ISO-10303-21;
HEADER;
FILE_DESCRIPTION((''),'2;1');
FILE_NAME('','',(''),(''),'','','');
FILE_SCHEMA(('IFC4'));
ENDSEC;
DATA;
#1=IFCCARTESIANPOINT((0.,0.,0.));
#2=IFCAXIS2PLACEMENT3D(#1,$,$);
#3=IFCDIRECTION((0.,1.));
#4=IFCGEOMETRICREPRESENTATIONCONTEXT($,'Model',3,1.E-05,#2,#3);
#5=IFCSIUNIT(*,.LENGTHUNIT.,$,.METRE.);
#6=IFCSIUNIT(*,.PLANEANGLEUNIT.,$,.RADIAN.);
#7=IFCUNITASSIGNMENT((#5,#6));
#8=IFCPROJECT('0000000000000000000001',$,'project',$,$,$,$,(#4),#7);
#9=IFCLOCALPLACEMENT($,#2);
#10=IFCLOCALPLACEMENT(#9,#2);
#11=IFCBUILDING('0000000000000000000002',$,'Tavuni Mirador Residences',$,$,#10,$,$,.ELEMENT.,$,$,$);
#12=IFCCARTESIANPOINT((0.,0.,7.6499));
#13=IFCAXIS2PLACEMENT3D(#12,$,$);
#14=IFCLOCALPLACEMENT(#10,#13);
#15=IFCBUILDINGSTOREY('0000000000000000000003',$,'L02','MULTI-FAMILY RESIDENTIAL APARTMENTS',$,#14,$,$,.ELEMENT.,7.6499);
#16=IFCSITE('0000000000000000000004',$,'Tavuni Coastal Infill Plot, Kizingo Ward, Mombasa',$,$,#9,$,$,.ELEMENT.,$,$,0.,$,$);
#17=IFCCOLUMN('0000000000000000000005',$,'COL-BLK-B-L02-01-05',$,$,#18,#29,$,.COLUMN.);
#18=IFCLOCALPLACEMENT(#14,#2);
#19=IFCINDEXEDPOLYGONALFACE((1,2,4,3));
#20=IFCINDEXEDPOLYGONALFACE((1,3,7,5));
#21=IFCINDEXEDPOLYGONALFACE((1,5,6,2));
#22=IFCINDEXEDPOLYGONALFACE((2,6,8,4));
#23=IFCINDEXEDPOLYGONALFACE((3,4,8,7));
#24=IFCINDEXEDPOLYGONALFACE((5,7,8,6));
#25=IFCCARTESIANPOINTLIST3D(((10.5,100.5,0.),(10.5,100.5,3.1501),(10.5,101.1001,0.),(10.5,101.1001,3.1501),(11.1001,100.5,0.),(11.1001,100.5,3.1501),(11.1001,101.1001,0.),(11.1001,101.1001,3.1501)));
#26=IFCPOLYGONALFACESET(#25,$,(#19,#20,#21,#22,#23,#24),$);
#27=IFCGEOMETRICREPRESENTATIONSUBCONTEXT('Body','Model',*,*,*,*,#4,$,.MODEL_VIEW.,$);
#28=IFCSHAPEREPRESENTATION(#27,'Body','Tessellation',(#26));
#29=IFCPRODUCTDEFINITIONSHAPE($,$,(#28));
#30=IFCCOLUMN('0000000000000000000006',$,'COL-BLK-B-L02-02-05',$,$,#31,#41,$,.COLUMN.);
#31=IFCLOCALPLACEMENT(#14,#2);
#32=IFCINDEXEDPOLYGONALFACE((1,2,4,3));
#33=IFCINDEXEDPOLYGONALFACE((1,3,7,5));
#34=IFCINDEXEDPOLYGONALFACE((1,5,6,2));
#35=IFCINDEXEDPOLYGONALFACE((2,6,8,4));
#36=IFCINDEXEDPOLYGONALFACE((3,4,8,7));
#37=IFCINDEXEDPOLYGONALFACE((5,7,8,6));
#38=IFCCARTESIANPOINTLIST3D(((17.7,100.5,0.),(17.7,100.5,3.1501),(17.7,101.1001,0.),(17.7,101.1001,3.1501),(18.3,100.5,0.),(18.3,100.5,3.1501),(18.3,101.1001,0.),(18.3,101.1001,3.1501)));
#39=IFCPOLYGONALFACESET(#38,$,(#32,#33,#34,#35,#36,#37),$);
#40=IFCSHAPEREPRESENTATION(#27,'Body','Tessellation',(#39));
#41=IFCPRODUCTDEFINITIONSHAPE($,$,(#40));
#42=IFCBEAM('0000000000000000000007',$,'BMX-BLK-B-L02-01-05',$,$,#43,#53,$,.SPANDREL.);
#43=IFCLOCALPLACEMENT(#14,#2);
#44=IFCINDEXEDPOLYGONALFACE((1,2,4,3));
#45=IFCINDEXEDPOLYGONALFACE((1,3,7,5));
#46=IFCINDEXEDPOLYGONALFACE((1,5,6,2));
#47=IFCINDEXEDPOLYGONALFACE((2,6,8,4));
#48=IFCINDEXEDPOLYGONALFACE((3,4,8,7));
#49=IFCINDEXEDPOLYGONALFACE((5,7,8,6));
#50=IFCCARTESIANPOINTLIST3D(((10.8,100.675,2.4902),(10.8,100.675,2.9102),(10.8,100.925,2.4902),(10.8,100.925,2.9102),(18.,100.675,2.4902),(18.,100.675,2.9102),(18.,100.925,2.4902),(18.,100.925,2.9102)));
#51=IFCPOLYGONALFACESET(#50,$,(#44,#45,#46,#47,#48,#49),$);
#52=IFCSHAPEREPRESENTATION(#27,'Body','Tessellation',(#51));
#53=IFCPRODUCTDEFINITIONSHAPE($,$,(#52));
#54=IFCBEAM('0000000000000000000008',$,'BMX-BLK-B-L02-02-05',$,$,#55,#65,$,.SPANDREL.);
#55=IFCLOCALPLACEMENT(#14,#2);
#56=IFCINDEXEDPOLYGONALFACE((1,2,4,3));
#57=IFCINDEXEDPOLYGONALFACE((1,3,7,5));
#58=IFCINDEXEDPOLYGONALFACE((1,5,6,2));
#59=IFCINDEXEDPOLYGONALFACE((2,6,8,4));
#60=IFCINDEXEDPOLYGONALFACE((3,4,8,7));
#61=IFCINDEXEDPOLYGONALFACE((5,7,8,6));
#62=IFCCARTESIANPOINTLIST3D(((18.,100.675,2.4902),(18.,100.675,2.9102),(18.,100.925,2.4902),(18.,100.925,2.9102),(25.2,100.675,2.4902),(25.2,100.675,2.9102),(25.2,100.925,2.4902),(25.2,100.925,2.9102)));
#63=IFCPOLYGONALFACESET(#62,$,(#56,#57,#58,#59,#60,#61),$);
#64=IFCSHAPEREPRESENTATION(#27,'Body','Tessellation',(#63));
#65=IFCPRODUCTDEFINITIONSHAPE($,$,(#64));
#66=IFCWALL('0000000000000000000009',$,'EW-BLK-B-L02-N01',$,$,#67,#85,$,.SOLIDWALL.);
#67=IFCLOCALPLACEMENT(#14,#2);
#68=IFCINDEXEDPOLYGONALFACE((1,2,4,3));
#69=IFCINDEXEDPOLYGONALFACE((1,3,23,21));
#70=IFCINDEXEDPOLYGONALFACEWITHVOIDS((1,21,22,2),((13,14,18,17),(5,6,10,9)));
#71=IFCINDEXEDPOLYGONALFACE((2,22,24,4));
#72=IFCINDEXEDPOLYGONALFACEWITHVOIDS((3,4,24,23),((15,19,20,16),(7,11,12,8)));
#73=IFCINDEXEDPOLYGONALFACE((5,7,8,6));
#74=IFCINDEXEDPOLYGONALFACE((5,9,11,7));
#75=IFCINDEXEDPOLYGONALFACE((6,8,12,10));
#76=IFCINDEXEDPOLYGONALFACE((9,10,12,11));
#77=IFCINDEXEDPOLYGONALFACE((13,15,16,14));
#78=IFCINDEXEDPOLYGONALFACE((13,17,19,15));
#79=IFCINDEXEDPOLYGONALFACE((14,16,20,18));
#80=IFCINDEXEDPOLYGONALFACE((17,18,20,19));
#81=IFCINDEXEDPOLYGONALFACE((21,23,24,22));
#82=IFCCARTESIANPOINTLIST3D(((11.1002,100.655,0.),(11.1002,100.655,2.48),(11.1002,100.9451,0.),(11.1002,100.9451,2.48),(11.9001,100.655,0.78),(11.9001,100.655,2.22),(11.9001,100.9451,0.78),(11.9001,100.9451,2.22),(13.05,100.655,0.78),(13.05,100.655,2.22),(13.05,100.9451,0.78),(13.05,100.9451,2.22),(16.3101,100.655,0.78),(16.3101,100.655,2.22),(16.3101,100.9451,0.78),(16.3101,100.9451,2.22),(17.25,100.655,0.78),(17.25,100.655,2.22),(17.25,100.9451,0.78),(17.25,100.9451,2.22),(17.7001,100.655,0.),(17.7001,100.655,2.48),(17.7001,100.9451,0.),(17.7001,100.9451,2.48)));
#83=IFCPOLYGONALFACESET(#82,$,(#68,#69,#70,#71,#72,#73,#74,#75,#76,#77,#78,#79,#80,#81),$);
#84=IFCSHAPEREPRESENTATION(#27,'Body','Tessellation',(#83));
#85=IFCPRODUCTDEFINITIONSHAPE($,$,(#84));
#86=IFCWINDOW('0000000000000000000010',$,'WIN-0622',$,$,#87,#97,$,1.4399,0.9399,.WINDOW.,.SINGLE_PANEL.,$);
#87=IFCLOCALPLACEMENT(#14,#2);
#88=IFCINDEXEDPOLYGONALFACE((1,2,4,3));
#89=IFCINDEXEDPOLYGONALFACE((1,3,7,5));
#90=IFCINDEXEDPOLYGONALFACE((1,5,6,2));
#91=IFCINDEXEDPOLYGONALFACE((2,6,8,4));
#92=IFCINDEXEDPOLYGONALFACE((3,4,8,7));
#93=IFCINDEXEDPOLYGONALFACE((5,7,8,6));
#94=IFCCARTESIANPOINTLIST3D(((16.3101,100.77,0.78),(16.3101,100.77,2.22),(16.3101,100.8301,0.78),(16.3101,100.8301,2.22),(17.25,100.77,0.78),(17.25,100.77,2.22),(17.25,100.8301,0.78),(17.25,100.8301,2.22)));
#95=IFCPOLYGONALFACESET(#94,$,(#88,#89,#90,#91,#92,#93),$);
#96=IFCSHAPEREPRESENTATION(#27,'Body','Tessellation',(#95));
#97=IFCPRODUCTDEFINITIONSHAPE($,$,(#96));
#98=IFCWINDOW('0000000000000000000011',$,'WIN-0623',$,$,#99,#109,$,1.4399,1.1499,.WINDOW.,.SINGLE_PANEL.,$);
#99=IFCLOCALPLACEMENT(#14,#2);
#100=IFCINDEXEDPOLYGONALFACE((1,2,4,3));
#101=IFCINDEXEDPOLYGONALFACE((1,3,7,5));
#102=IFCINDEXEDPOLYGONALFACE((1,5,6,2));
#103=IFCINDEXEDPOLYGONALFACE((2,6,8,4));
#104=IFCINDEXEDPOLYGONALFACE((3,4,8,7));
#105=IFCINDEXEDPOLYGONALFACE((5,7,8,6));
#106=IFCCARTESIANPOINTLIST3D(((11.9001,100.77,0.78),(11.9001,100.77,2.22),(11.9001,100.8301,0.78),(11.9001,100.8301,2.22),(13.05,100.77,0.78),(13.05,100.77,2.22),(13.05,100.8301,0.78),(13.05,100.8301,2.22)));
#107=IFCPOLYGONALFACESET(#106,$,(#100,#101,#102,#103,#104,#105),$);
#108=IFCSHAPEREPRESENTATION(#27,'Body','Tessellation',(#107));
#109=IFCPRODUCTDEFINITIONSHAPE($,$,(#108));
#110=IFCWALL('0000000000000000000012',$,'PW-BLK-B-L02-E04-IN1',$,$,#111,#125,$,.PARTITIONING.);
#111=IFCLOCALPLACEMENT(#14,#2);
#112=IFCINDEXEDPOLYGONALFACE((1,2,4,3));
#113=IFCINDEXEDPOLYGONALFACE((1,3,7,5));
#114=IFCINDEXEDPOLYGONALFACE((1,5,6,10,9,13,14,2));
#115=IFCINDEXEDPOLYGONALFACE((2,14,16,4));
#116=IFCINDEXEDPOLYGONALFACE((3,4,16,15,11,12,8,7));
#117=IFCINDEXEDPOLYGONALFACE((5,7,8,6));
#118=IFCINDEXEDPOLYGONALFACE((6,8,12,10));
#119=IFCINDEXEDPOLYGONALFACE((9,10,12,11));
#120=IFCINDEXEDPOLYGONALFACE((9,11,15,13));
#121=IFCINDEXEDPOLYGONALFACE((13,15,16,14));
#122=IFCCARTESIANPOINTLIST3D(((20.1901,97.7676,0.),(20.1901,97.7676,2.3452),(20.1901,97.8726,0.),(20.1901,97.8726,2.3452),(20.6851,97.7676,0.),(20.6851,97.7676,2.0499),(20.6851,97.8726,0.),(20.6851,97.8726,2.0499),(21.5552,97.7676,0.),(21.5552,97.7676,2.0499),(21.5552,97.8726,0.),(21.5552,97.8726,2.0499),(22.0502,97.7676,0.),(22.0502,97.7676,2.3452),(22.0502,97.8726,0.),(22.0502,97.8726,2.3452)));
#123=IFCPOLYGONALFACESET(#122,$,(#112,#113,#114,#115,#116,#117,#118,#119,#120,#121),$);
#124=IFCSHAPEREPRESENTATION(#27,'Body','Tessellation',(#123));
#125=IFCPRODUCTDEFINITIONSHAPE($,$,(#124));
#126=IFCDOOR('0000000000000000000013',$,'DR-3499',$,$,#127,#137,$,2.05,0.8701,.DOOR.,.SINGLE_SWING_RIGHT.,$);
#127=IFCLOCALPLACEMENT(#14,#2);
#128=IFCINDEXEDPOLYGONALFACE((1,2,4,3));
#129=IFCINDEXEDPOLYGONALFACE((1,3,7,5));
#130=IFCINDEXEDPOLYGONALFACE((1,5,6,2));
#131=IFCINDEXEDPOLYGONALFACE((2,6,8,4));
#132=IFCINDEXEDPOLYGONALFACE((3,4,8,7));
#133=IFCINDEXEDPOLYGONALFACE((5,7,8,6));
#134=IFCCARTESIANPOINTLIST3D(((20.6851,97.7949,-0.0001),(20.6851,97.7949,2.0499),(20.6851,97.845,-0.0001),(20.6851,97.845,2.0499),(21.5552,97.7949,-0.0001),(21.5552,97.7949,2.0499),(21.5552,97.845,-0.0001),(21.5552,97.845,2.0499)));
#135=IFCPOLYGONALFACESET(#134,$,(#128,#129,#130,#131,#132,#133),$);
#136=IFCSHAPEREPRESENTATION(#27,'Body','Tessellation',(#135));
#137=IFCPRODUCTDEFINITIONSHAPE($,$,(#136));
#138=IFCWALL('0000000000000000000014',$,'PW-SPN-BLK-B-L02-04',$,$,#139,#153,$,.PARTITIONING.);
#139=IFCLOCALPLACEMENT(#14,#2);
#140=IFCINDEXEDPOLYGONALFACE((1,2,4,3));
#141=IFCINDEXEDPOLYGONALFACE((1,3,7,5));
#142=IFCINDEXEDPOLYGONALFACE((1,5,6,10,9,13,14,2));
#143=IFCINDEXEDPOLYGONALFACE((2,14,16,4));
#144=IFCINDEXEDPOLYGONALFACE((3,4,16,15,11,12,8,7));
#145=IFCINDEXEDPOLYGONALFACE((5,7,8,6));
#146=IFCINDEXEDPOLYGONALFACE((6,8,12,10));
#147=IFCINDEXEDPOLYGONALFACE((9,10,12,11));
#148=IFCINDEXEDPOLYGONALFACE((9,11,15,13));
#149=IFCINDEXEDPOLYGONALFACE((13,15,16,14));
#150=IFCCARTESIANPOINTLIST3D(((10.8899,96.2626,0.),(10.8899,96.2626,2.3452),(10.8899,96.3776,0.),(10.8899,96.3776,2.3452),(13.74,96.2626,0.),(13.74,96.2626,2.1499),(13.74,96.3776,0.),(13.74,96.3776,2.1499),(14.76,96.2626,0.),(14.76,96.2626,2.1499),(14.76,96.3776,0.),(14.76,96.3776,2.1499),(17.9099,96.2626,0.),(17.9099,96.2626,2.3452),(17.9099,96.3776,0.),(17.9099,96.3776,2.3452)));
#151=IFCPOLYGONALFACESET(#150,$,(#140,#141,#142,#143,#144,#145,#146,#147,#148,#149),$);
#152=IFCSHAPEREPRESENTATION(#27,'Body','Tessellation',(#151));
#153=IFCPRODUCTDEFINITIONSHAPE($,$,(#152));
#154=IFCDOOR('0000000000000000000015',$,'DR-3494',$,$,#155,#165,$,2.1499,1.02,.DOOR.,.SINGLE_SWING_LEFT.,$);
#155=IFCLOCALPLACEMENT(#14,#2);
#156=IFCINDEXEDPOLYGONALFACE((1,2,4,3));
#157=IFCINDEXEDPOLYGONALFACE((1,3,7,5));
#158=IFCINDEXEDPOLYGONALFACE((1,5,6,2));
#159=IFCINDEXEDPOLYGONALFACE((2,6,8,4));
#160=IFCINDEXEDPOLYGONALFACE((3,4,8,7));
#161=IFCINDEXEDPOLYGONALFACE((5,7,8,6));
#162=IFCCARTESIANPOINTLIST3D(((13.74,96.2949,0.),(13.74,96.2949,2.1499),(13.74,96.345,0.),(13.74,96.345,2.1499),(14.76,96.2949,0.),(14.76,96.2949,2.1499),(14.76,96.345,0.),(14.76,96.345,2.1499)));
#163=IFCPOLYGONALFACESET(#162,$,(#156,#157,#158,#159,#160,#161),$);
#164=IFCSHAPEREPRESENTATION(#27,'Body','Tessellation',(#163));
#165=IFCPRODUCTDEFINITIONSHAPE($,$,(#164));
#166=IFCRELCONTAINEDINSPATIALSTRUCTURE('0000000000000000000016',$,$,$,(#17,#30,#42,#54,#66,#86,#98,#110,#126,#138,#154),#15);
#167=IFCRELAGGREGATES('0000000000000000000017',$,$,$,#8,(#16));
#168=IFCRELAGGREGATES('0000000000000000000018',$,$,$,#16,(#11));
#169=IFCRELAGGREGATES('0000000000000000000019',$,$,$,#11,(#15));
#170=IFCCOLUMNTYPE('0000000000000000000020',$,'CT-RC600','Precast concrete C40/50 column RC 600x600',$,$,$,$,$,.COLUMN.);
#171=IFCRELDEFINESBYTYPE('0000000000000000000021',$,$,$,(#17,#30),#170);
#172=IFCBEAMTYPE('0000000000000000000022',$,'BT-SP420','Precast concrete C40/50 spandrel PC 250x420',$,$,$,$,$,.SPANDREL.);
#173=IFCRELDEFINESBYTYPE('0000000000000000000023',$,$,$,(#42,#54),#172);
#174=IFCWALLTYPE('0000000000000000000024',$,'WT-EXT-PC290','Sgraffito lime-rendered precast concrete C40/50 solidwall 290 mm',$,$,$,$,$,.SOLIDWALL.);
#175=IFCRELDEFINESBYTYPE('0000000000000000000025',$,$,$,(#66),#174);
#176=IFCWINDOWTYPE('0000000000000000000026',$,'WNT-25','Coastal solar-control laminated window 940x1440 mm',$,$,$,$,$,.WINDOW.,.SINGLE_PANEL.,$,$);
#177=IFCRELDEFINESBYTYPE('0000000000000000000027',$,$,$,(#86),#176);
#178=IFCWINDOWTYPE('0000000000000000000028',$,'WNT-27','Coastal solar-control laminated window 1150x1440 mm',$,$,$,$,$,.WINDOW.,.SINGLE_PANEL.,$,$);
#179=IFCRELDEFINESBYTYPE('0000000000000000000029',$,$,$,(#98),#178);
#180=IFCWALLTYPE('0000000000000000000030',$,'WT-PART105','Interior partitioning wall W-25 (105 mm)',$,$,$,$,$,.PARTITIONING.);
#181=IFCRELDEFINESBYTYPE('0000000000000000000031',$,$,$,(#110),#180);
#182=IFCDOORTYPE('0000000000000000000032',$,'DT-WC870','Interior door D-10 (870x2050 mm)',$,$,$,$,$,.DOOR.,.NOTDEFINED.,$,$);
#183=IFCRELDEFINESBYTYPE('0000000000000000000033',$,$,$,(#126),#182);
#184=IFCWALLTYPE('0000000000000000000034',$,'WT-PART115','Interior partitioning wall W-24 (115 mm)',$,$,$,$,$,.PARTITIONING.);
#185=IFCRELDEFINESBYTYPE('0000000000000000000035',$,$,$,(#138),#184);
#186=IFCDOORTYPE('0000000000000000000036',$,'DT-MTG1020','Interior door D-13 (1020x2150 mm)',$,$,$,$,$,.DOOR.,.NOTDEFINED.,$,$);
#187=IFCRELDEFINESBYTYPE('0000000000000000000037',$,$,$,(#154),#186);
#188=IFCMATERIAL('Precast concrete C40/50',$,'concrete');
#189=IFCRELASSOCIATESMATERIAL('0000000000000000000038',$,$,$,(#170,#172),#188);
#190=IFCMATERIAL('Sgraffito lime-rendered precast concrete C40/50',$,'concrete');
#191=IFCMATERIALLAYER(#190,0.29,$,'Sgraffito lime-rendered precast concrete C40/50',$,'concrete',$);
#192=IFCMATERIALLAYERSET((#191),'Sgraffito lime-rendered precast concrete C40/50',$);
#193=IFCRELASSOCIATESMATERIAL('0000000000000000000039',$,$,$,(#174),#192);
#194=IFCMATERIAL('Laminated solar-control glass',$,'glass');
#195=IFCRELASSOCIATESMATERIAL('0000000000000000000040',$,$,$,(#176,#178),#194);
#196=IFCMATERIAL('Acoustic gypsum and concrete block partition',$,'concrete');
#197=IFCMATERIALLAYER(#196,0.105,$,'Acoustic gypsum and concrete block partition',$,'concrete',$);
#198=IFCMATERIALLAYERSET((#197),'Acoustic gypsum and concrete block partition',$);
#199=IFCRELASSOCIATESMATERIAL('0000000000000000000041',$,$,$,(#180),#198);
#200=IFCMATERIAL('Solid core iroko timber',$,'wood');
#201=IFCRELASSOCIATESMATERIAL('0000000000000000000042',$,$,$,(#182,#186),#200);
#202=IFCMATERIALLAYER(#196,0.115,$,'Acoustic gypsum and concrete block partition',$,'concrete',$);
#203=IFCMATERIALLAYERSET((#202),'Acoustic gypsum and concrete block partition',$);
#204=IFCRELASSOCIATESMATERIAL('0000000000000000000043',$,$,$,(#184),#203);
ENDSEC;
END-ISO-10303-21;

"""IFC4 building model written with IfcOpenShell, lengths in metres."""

from ifc_helpers import new_model, si_unit, direction, frame, frame_2d, origin, origin_2d, place, context, subcontext, project, spatial, rectangle, extrude, material, layer, layer_set, material_profile, profile_set, type_object, element, fill, save


model = new_model("IFC4")

# Units and contexts
model_context = context("Model", 3, precision=1e-05, world=origin(), true_north=direction((0.0, 1.0)))
body_context = subcontext(model_context, "Body", "Model", "MODEL_VIEW")
ifc_project = project(units=[si_unit("LENGTHUNIT", "METRE"), si_unit("PLANEANGLEUNIT", "RADIAN")], contexts=[model_context])

# Site, building, storey
site_placement = place(None, origin())
site = spatial("IfcSite", under=ifc_project, at=site_placement, Name="Tavuni Coastal Infill Plot, Kizingo Ward, Mombasa", CompositionType="ELEMENT", RefElevation=0.0)
building_placement = place(site_placement, origin())
building = spatial("IfcBuilding", under=site, at=building_placement, Name="Tavuni Mirador Residences", CompositionType="ELEMENT")
storey_placement = place(building_placement, frame((0.0, 0.0, 7.6499)))
storey = spatial("IfcBuildingStorey", under=building, at=storey_placement, Name="L02", Description="MULTI-FAMILY RESIDENTIAL APARTMENTS", CompositionType="ELEMENT", Elevation=7.6499)

# Columns
ifc_material_1 = material(Name="Precast concrete C40/50", Category="concrete")
ifc_material_profile_1 = material_profile(ifc_material_1, rectangle(XDim=0.6001, YDim=0.6001, at=origin_2d()), Name="RC 600x600", Category="concrete")
ifc_profile_set_1 = profile_set([ifc_material_profile_1], Name="Precast concrete C40/50")
column_type = type_object("IfcColumnType", Name="CT-RC600", Description="Precast concrete C40/50 column RC 600x600", PredefinedType="COLUMN", material=ifc_profile_set_1)
for number, where, z_axis, x_axis, name in (
    (1, (10.8, 100.8, 0.0), (0.0, 0.0, 1.0), (1.0, 0.0, 0.0), "COL-BLK-B-L02-01-05"),
    (2, (18.0, 100.8, 0.0), (0.0, 0.0, 1.0), (1.0, 0.0, 0.0), "COL-BLK-B-L02-02-05"),
):
    element("IfcColumn", number, at=place(storey_placement, frame(where, z_axis=z_axis, x_axis=x_axis)), inside=storey, type_object=column_type, Name=name, PredefinedType="COLUMN", context=body_context, shape_type="SweptSolid", body=[
        extrude(rectangle(XDim=0.6001, YDim=0.6001, at=origin_2d()), origin(), (0.0, 0.0, 1.0), 3.1501),
    ])

# Beams
ifc_material_profile_2 = material_profile(ifc_material_1, rectangle(XDim=0.25, YDim=0.4199, at=origin_2d()), Name="PC 250x420", Category="concrete")
ifc_profile_set_2 = profile_set([ifc_material_profile_2], Name="Precast concrete C40/50")
beam_type = type_object("IfcBeamType", Name="BT-SP420", Description="Precast concrete C40/50 spandrel PC 250x420", PredefinedType="SPANDREL", material=ifc_profile_set_2)
for number, where, z_axis, x_axis, name in (
    (3, (10.8, 100.8, 2.7002), (1.0, 0.0, 0.0), (0.0, 1.0, 0.0), "BMX-BLK-B-L02-01-05"),
    (4, (18.0, 100.8, 2.7002), (1.0, 0.0, 0.0), (0.0, 1.0, 0.0), "BMX-BLK-B-L02-02-05"),
):
    element("IfcBeam", number, at=place(storey_placement, frame(where, z_axis=z_axis, x_axis=x_axis)), inside=storey, type_object=beam_type, Name=name, PredefinedType="SPANDREL", context=body_context, shape_type="SweptSolid", body=[
        extrude(rectangle(XDim=0.25, YDim=0.4199, at=origin_2d()), origin(), (0.0, 0.0, 1.0), 7.2),
    ])

# Wall, openings, windows
ifc_material_2 = material(Name="Sgraffito lime-rendered precast concrete C40/50", Category="concrete")
ifc_layer_1 = layer(ifc_material_2, 0.29, Name="Sgraffito lime-rendered precast concrete C40/50", Category="concrete")
ifc_layer_set_1 = layer_set([ifc_layer_1], Name="Sgraffito lime-rendered precast concrete C40/50")
wall_type_1 = type_object("IfcWallType", Name="WT-EXT-PC290", Description="Sgraffito lime-rendered precast concrete C40/50 solidwall 290 mm", PredefinedType="SOLIDWALL", material=ifc_layer_set_1)
wall_1_placement = place(storey_placement, frame((17.7, 100.8, 0.0), z_axis=(0.0, 0.0, 1.0), x_axis=(-1.0, 0.0, 0.0)))
wall_1 = element("IfcWall", 5, at=wall_1_placement, inside=storey, type_object=wall_type_1, Name="EW-BLK-B-L02-N01", PredefinedType="SOLIDWALL", context=body_context, shape_type="SweptSolid", body=[
    extrude(rectangle(XDim=6.5999, YDim=0.29, at=frame_2d((3.2998, 0.0))), origin(), (0.0, 0.0, 1.0), 2.48),
])
opening_1_placement = place(wall_1_placement, frame((0.45, 0.0, 0.78)))
opening_1 = element("IfcOpeningElement", 6, at=opening_1_placement, cuts=wall_1, PredefinedType="OPENING", context=body_context, shape_type="SweptSolid", body=[
    extrude(rectangle(XDim=0.9399, YDim=1.4399, at=frame_2d((0.47, 0.72))), frame((0.0, 0.155, 0.0), z_axis=(0.0, -1.0, 0.0), x_axis=(1.0, 0.0, 0.0)), (0.0, 0.0, 1.0), 0.3101),
])
opening_2_placement = place(wall_1_placement, frame((4.6499, 0.0, 0.78)))
opening_2 = element("IfcOpeningElement", 7, at=opening_2_placement, cuts=wall_1, PredefinedType="OPENING", context=body_context, shape_type="SweptSolid", body=[
    extrude(rectangle(XDim=1.1499, YDim=1.4399, at=frame_2d((0.575, 0.72))), frame((0.0, 0.155, 0.0), z_axis=(0.0, -1.0, 0.0), x_axis=(1.0, 0.0, 0.0)), (0.0, 0.0, 1.0), 0.3101),
])
ifc_material_3 = material(Name="Laminated solar-control glass", Category="glass")
window_type_1 = type_object("IfcWindowType", Name="WNT-25", Description="Coastal solar-control laminated window 940x1440 mm", PartitioningType="SINGLE_PANEL", PredefinedType="WINDOW", material=ifc_material_3)
window_1_placement = place(opening_1_placement, origin())
window_1 = element("IfcWindow", 8, at=window_1_placement, inside=storey, type_object=window_type_1, Name="WIN-0622", OverallHeight=1.4399, OverallWidth=0.9399, PartitioningType="SINGLE_PANEL", PredefinedType="WINDOW", context=body_context, shape_type="SweptSolid", body=[
    extrude(rectangle(XDim=0.9399, YDim=1.4399, at=frame_2d((0.47, 0.72))), frame((0.0, 0.03, 0.0), z_axis=(0.0, -1.0, 0.0), x_axis=(1.0, 0.0, 0.0)), (0.0, 0.0, 1.0), 0.0601),
])
fill(opening_1, window_1)
window_type_2 = type_object("IfcWindowType", Name="WNT-27", Description="Coastal solar-control laminated window 1150x1440 mm", PartitioningType="SINGLE_PANEL", PredefinedType="WINDOW", material=ifc_material_3)
window_2_placement = place(opening_2_placement, origin())
window_2 = element("IfcWindow", 9, at=window_2_placement, inside=storey, type_object=window_type_2, Name="WIN-0623", OverallHeight=1.4399, OverallWidth=1.1499, PartitioningType="SINGLE_PANEL", PredefinedType="WINDOW", context=body_context, shape_type="SweptSolid", body=[
    extrude(rectangle(XDim=1.1499, YDim=1.4399, at=frame_2d((0.575, 0.72))), frame((0.0, 0.03, 0.0), z_axis=(0.0, -1.0, 0.0), x_axis=(1.0, 0.0, 0.0)), (0.0, 0.0, 1.0), 0.0601),
])
fill(opening_2, window_2)

# Walls, openings, doors
ifc_material_4 = material(Name="Acoustic gypsum and concrete block partition", Category="concrete")
ifc_layer_2 = layer(ifc_material_4, 0.105, Name="Acoustic gypsum and concrete block partition", Category="concrete")
ifc_layer_set_2 = layer_set([ifc_layer_2], Name="Acoustic gypsum and concrete block partition")
wall_type_2 = type_object("IfcWallType", Name="WT-PART105", Description="Interior partitioning wall W-25 (105 mm)", PredefinedType="PARTITIONING", material=ifc_layer_set_2)
wall_2_placement = place(storey_placement, frame((20.1899, 97.8201, 0.0), z_axis=(0.0, 0.0, 1.0), x_axis=(1.0, 0.0, 0.0)))
wall_2 = element("IfcWall", 10, at=wall_2_placement, inside=storey, type_object=wall_type_2, Name="PW-BLK-B-L02-E04-IN1", PredefinedType="PARTITIONING", context=body_context, shape_type="SweptSolid", body=[
    extrude(rectangle(XDim=1.8601, YDim=0.105, at=frame_2d((0.9302, 0.0))), origin(), (0.0, 0.0, 1.0), 2.3452),
])
opening_3_placement = place(wall_2_placement, frame((0.4951, 0.0, 0.0)))
opening_3 = element("IfcOpeningElement", 11, at=opening_3_placement, cuts=wall_2, PredefinedType="OPENING", context=body_context, shape_type="SweptSolid", body=[
    extrude(rectangle(XDim=0.8701, YDim=2.05, at=frame_2d((0.4351, 1.0249))), frame((0.0, 0.0625, 0.0), z_axis=(0.0, -1.0, 0.0), x_axis=(1.0, 0.0, 0.0)), (0.0, 0.0, 1.0), 0.125),
])
ifc_material_5 = material(Name="Solid core iroko timber", Category="wood")
door_type_1 = type_object("IfcDoorType", Name="DT-WC870", Description="Interior door D-10 (870x2050 mm)", OperationType="NOTDEFINED", PredefinedType="DOOR", material=ifc_material_5)
door_1_placement = place(opening_3_placement, origin())
door_1 = element("IfcDoor", 12, at=door_1_placement, inside=storey, type_object=door_type_1, Name="DR-3499", OperationType="SINGLE_SWING_RIGHT", OverallHeight=2.05, OverallWidth=0.8701, PredefinedType="DOOR", context=body_context, shape_type="SweptSolid", body=[
    extrude(rectangle(XDim=0.8701, YDim=2.05, at=frame_2d((0.4351, 1.0249))), frame((0.0, 0.0249, 0.0), z_axis=(0.0, -1.0, 0.0), x_axis=(1.0, 0.0, 0.0)), (0.0, 0.0, 1.0), 0.05),
])
fill(opening_3, door_1)
ifc_layer_3 = layer(ifc_material_4, 0.115, Name="Acoustic gypsum and concrete block partition", Category="concrete")
ifc_layer_set_3 = layer_set([ifc_layer_3], Name="Acoustic gypsum and concrete block partition")
wall_type_3 = type_object("IfcWallType", Name="WT-PART115", Description="Interior partitioning wall W-24 (115 mm)", PredefinedType="PARTITIONING", material=ifc_layer_set_3)
wall_3_placement = place(storey_placement, frame((10.8899, 96.3201, 0.0), z_axis=(0.0, 0.0, 1.0), x_axis=(1.0, 0.0, 0.0)))
wall_3 = element("IfcWall", 13, at=wall_3_placement, inside=storey, type_object=wall_type_3, Name="PW-SPN-BLK-B-L02-04", PredefinedType="PARTITIONING", context=body_context, shape_type="SweptSolid", body=[
    extrude(rectangle(XDim=7.02, YDim=0.115, at=frame_2d((3.51, 0.0))), origin(), (0.0, 0.0, 1.0), 2.3452),
])
opening_4_placement = place(wall_3_placement, frame((2.8501, 0.0, 0.0)))
opening_4 = element("IfcOpeningElement", 14, at=opening_4_placement, cuts=wall_3, PredefinedType="OPENING", context=body_context, shape_type="SweptSolid", body=[
    extrude(rectangle(XDim=1.02, YDim=2.1499, at=frame_2d((0.51, 1.075))), frame((0.0, 0.0674, 0.0), z_axis=(0.0, -1.0, 0.0), x_axis=(1.0, 0.0, 0.0)), (0.0, 0.0, 1.0), 0.135),
])
door_type_2 = type_object("IfcDoorType", Name="DT-MTG1020", Description="Interior door D-13 (1020x2150 mm)", OperationType="NOTDEFINED", PredefinedType="DOOR", material=ifc_material_5)
door_2_placement = place(opening_4_placement, origin())
door_2 = element("IfcDoor", 15, at=door_2_placement, inside=storey, type_object=door_type_2, Name="DR-3494", OperationType="SINGLE_SWING_LEFT", OverallHeight=2.1499, OverallWidth=1.02, PredefinedType="DOOR", context=body_context, shape_type="SweptSolid", body=[
    extrude(rectangle(XDim=1.02, YDim=2.1499, at=frame_2d((0.51, 1.075))), frame((0.0, 0.0249, 0.0), z_axis=(0.0, -1.0, 0.0), x_axis=(1.0, 0.0, 0.0)), (0.0, 0.0, 1.0), 0.05),
])
fill(opening_4, door_2)

save(model, "model.ifc")
